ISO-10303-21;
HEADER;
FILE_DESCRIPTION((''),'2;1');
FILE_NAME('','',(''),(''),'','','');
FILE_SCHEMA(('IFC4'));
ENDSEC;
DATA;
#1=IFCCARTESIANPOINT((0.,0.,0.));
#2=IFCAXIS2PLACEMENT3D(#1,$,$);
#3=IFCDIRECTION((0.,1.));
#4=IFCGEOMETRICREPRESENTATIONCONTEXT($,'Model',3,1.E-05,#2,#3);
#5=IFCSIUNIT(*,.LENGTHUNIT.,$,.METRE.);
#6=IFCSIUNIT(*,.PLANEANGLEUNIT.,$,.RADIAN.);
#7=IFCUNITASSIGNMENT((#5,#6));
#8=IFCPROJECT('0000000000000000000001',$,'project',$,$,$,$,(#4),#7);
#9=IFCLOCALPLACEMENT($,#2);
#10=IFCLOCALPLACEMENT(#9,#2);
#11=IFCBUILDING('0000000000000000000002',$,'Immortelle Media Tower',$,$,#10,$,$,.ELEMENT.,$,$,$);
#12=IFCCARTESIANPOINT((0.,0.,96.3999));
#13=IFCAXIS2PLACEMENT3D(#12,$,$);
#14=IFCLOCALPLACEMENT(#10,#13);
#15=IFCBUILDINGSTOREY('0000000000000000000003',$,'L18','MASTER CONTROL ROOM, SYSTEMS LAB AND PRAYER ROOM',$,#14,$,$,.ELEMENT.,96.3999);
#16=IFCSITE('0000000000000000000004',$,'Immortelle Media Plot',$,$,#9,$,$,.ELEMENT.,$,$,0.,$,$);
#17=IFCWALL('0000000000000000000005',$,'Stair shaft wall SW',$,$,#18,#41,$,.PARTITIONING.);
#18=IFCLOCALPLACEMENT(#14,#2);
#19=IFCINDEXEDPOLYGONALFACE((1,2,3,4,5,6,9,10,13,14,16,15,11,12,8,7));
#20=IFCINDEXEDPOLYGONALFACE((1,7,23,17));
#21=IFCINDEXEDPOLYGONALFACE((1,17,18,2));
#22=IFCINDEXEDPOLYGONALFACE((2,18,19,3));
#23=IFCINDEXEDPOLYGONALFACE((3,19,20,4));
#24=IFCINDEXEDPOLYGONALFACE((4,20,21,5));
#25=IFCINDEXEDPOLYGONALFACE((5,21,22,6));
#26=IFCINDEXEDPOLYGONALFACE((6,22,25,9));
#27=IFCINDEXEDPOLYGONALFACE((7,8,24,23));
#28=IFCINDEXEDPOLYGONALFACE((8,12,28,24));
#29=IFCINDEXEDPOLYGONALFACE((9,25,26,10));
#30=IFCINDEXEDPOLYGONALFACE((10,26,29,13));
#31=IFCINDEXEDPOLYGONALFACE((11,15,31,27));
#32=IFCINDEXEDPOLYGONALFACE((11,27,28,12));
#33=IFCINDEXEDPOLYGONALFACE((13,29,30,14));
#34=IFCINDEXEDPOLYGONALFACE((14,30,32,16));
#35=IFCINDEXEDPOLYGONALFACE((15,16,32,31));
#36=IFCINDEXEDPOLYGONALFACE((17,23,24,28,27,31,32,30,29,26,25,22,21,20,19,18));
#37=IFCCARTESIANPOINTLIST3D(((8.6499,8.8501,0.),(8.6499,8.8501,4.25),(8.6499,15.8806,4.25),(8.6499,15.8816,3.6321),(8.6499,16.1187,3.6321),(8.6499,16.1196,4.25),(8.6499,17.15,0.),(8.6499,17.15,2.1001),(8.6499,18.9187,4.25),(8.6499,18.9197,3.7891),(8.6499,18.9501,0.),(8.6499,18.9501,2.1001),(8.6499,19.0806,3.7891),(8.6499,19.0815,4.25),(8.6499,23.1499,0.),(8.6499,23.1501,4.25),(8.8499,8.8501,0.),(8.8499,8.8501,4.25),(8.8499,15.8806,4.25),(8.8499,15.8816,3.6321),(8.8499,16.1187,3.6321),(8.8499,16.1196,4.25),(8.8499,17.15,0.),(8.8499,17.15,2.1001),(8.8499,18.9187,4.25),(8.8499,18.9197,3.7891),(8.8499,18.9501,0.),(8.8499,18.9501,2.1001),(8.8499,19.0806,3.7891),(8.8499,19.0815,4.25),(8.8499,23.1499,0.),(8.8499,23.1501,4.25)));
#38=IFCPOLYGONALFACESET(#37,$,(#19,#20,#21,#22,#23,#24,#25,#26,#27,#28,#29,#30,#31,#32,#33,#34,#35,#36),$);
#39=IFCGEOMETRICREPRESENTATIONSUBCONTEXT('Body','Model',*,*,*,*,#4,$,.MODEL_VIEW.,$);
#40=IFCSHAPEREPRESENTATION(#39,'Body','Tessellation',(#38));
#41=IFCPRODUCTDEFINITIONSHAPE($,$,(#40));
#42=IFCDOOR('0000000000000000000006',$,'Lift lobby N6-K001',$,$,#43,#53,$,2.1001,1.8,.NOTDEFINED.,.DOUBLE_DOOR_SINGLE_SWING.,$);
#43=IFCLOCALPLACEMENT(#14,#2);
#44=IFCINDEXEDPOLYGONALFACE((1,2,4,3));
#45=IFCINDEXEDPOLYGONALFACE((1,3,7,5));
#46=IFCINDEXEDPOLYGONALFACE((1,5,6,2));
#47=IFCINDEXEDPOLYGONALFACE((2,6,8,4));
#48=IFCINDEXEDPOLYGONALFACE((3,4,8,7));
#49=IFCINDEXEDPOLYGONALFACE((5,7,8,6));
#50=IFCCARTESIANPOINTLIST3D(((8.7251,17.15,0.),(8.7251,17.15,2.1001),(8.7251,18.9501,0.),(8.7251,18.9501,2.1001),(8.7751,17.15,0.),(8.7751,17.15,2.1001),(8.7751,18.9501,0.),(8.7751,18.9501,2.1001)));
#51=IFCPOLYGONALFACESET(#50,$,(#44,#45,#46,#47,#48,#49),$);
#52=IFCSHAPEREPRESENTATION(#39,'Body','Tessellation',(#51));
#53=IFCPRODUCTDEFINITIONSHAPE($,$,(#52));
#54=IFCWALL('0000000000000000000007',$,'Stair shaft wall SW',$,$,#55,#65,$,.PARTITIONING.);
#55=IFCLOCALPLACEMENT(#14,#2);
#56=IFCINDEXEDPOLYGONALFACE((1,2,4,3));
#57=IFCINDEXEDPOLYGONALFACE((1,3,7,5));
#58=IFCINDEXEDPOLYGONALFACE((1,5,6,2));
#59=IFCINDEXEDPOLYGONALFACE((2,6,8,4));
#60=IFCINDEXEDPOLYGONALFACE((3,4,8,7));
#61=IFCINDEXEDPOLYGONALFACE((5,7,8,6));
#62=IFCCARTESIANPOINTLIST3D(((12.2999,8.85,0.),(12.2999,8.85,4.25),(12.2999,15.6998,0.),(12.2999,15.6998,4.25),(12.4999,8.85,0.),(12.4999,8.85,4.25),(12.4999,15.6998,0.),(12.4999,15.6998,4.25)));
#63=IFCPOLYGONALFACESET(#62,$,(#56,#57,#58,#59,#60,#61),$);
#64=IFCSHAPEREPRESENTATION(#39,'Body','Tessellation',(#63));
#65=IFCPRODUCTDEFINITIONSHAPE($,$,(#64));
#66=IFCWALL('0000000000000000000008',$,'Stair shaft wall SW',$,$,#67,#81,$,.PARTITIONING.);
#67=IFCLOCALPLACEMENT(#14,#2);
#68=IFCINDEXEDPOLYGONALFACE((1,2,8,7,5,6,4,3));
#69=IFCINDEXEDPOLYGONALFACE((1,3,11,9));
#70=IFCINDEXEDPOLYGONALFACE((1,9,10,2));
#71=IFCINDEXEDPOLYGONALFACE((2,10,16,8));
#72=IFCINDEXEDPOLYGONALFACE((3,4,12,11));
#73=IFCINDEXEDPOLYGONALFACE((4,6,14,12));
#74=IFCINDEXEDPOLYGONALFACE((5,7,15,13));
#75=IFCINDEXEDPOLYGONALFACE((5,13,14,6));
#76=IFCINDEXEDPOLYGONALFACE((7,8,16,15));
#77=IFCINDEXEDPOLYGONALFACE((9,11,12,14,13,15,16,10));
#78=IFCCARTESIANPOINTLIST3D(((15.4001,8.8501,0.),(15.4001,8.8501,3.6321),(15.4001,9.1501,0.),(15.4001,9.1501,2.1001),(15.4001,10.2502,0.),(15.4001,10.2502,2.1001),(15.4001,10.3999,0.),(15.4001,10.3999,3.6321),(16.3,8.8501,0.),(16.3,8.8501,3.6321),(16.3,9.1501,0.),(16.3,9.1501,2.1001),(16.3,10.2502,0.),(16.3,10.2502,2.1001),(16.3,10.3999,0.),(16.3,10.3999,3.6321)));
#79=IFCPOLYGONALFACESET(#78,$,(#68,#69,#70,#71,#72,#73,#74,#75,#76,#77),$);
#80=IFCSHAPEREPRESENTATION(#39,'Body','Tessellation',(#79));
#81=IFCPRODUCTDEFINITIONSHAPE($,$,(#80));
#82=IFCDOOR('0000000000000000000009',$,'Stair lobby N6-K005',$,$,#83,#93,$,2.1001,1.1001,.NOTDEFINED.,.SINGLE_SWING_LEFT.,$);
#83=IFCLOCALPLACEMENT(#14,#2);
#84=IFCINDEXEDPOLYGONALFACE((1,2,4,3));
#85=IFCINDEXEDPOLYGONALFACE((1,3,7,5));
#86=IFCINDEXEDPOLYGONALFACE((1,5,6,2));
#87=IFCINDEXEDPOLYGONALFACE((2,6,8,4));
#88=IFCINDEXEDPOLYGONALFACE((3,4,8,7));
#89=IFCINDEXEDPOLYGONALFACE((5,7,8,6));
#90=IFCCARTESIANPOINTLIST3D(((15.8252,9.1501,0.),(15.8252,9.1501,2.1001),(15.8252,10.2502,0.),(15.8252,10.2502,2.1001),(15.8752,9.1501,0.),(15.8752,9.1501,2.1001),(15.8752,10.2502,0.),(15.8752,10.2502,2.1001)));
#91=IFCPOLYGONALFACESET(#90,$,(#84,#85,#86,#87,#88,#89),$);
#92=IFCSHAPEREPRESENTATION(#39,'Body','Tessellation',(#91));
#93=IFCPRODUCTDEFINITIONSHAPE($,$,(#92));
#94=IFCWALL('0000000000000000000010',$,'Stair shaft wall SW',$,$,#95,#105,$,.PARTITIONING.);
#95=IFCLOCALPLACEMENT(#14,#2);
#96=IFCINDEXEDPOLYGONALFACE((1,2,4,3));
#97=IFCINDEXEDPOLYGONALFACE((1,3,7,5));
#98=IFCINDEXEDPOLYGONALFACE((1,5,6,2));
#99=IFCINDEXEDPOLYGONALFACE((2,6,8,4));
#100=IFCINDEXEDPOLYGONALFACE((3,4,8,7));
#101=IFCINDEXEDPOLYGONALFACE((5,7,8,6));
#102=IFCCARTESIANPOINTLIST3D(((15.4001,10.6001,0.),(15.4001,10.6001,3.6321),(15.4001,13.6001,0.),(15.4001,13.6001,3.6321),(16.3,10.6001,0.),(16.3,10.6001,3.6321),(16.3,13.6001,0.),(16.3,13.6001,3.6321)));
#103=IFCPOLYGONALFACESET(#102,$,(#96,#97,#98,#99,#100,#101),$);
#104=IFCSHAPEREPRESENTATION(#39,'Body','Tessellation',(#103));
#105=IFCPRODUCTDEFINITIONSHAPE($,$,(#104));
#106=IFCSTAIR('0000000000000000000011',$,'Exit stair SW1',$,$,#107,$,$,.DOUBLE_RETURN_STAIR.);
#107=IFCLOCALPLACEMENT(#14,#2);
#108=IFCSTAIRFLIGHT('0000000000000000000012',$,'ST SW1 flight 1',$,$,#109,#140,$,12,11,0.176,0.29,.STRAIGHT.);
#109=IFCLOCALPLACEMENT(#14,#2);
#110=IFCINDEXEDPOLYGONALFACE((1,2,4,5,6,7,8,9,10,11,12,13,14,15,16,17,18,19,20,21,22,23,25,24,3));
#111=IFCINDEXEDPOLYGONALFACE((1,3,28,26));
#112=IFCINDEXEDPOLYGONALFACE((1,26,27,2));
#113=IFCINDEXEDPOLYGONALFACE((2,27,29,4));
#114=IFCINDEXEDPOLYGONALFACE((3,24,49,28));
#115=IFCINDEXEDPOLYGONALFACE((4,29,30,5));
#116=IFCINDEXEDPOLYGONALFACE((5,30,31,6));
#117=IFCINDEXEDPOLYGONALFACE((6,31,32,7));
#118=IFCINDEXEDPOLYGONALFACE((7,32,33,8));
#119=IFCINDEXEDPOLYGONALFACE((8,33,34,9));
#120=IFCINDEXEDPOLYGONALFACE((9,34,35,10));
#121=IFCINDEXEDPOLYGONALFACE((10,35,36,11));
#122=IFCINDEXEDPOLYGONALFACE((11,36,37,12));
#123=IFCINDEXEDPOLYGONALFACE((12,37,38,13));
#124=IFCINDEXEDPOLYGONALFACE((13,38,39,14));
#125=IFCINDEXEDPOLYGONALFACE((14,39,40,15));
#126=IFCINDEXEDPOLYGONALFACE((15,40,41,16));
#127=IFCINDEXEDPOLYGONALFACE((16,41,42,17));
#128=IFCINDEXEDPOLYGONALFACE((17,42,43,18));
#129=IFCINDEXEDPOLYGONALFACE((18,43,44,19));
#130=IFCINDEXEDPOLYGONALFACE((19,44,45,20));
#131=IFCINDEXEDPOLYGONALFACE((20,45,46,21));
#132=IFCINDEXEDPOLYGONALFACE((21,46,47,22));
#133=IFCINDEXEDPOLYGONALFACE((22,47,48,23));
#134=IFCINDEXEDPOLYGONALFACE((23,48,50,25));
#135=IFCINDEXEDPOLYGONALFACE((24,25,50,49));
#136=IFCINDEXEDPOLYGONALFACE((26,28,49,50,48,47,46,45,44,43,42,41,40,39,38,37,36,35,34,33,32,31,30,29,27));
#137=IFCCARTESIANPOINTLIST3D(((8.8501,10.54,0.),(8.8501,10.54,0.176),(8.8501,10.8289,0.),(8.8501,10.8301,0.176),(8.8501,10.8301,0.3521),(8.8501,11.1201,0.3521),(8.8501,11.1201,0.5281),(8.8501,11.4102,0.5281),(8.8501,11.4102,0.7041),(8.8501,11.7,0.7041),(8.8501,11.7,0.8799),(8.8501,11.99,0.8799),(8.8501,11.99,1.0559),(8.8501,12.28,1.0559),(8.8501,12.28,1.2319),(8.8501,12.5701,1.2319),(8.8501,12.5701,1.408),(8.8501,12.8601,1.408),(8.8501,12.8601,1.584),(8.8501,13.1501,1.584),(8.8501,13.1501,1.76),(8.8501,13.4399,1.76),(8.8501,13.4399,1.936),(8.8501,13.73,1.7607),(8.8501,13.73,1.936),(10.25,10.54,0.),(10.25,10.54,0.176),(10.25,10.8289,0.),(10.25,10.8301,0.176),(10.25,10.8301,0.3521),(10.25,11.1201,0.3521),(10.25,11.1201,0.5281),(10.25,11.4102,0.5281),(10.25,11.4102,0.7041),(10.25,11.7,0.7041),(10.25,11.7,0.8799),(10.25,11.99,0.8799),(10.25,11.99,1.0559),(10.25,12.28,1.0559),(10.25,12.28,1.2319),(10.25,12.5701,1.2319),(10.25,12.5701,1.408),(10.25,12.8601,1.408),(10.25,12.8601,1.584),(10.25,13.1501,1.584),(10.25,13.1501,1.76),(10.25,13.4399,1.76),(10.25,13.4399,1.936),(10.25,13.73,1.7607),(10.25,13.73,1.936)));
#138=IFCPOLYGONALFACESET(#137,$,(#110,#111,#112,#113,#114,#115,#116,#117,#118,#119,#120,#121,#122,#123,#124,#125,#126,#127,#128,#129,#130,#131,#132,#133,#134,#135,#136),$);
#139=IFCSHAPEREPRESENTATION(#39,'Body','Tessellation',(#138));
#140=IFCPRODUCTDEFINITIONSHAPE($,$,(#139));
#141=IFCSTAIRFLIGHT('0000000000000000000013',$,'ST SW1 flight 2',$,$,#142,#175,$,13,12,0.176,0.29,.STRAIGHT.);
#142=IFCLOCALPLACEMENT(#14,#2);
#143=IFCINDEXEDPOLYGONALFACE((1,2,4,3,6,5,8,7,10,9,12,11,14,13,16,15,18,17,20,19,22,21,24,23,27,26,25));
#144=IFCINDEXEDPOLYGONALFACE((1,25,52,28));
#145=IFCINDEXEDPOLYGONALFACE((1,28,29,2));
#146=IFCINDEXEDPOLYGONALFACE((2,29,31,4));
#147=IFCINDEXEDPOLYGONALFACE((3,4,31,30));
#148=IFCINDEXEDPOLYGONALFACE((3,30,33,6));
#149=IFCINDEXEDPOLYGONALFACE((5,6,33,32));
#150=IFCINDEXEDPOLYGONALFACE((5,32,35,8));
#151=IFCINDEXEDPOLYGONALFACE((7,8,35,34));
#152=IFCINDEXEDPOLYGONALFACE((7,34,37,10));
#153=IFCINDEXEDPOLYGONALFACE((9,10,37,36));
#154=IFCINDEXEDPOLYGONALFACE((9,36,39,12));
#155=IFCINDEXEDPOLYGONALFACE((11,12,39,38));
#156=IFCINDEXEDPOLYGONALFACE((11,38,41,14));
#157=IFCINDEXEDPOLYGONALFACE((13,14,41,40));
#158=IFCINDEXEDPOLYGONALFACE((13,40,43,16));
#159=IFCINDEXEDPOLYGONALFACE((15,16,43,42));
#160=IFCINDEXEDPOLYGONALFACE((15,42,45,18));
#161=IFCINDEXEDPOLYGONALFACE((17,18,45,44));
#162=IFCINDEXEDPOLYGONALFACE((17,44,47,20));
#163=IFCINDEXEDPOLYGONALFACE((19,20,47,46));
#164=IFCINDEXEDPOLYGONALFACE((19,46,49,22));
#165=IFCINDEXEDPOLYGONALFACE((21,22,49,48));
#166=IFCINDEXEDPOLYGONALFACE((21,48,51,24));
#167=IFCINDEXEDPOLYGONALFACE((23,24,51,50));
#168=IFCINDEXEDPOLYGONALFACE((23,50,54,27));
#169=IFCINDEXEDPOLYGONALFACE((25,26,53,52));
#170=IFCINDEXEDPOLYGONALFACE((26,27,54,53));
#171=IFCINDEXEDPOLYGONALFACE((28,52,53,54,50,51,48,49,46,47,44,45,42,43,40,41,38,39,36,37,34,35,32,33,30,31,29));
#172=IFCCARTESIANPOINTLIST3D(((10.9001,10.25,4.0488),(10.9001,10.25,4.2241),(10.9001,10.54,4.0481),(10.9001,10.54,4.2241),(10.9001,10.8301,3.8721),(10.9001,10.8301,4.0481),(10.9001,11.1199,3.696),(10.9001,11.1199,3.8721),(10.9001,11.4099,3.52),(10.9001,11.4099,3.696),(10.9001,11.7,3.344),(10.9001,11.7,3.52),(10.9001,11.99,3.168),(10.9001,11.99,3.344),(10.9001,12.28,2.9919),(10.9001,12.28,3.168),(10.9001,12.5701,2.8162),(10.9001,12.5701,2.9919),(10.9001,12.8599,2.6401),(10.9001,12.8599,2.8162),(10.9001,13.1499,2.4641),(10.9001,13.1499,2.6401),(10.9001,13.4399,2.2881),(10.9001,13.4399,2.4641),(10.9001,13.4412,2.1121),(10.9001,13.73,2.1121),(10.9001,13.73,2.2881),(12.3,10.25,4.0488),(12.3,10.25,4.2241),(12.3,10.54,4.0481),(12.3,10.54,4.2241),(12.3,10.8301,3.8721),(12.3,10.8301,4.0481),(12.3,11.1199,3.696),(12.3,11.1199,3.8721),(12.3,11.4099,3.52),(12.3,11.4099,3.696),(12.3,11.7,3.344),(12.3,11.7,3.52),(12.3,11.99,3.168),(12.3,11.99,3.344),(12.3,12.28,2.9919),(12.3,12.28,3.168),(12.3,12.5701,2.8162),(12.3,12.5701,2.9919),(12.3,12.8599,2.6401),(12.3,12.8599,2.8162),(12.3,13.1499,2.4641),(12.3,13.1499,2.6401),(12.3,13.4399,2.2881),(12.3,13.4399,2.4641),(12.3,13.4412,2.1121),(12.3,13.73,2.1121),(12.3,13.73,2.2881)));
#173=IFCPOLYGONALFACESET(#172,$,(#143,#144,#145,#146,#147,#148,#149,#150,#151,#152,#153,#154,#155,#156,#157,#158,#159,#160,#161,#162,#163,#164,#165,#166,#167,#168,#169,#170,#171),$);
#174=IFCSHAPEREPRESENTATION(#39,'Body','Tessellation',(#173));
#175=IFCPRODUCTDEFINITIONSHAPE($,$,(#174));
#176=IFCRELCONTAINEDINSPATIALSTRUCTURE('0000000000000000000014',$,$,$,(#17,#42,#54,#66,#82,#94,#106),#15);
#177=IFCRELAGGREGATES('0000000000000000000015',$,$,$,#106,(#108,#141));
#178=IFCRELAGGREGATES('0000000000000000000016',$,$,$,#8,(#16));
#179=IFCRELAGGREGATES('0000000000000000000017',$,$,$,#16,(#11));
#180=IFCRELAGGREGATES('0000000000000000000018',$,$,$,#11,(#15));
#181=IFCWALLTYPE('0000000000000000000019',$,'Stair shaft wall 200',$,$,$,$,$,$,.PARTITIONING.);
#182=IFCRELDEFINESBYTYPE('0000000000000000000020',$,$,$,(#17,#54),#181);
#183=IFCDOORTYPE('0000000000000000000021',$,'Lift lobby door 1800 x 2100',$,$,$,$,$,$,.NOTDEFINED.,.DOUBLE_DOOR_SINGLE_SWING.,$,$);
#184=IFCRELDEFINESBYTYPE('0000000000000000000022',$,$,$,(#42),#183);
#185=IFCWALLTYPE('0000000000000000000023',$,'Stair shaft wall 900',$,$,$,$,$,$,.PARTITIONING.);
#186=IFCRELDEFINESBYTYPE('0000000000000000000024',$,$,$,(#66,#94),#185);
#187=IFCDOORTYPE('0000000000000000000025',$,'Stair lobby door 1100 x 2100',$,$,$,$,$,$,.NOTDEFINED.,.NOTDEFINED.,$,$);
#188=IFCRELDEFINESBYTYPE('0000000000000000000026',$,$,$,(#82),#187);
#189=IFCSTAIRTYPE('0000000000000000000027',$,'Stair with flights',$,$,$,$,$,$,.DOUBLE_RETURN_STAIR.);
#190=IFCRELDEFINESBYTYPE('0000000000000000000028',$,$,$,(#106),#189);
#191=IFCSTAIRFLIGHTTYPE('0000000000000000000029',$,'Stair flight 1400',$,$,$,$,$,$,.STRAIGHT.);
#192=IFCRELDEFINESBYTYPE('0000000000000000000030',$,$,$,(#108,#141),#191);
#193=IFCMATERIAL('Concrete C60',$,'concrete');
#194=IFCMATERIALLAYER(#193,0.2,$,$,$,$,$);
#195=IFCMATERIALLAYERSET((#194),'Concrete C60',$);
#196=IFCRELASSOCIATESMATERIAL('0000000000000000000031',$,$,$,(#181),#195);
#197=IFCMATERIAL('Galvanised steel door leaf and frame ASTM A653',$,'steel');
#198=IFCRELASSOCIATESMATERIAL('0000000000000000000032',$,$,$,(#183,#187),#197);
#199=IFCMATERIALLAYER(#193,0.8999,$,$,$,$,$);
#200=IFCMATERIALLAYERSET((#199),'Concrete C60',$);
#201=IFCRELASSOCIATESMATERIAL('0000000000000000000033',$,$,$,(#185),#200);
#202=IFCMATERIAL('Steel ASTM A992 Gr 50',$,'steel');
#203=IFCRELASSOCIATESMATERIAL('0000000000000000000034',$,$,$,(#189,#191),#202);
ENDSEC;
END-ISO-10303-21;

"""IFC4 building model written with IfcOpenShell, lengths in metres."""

from ifc_helpers import new_model, si_unit, direction, frame, frame_2d, origin, place, context, subcontext, project, spatial, polyline, rectangle, outline, extrude, material, layer, layer_set, type_object, element, fill, aggregate, save


model = new_model("IFC4")

# Units and contexts
model_context = context("Model", 3, precision=1e-05, world=origin(), true_north=direction((0.0, 1.0)))
body_context = subcontext(model_context, "Body", "Model", "MODEL_VIEW")
ifc_project = project(units=[si_unit("LENGTHUNIT", "METRE"), si_unit("PLANEANGLEUNIT", "RADIAN")], contexts=[model_context])

# Site, building, storey
site_placement = place(None, origin())
site = spatial("IfcSite", under=ifc_project, at=site_placement, Name="Immortelle Media Plot", CompositionType="ELEMENT", RefElevation=0.0)
building_placement = place(site_placement, origin())
building = spatial("IfcBuilding", under=site, at=building_placement, Name="Immortelle Media Tower", CompositionType="ELEMENT")
storey_placement = place(building_placement, frame((0.0, 0.0, 96.3999)))
storey = spatial("IfcBuildingStorey", under=building, at=storey_placement, Name="L18", Description="MASTER CONTROL ROOM, SYSTEMS LAB AND PRAYER ROOM", CompositionType="ELEMENT", Elevation=96.3999)

# Shared definitions
ifc_material_1 = material(Name="Steel ASTM A992 Gr 50", Category="steel")

# Shared definitions
ifc_material_2 = material(Name="Concrete C60", Category="concrete")

# Wall, opening, door
ifc_layer_1 = layer(ifc_material_2, 0.2)
ifc_layer_set_1 = layer_set([ifc_layer_1], Name="Concrete C60")
wall_type_1 = type_object("IfcWallType", Name="Stair shaft wall 200", PredefinedType="PARTITIONING", material=ifc_layer_set_1)
wall_1_placement = place(storey_placement, frame((8.75, 8.8501, 0.0), z_axis=(0.0, 0.0, 1.0), x_axis=(0.0, 1.0, 0.0)))
wall_1 = element("IfcWall", 1, at=wall_1_placement, inside=storey, type_object=wall_type_1, Name="Stair shaft wall SW", PredefinedType="PARTITIONING", context=body_context, shape_type="SweptSolid", body=[
    extrude(outline(polyline([(0.0, 0.0), (14.2998, 0.0), (14.3, 4.25), (10.2314, 4.25), (10.2305, 3.7891), (10.0696, 3.7891), (10.0686, 4.25), (7.2695, 4.25), (7.2686, 3.6321), (7.0315, 3.6321), (7.0305, 4.25), (0.0, 4.25), (0.0, 0.0)])), frame((0.0, 0.1001, 0.0), z_axis=(0.0, -1.0, 0.0), x_axis=(1.0, 0.0, 0.0)), (0.0, 0.0, 1.0), 0.2),
])
opening_1_placement = place(wall_1_placement, frame((8.3, 0.0, 0.0)))
opening_1 = element("IfcOpeningElement", 2, at=opening_1_placement, cuts=wall_1, PredefinedType="OPENING", context=body_context, shape_type="SweptSolid", body=[
    extrude(rectangle(XDim=1.8, YDim=2.1001, at=frame_2d((0.8999, 1.05))), frame((0.0, 0.1099, 0.0), z_axis=(0.0, -1.0, 0.0), x_axis=(1.0, 0.0, 0.0)), (0.0, 0.0, 1.0), 0.22),
])
ifc_material_3 = material(Name="Galvanised steel door leaf and frame ASTM A653", Category="steel")
door_type_1 = type_object("IfcDoorType", Name="Lift lobby door 1800 x 2100", OperationType="DOUBLE_DOOR_SINGLE_SWING", PredefinedType="NOTDEFINED", material=ifc_material_3)
door_1_placement = place(opening_1_placement, origin())
door_1 = element("IfcDoor", 3, at=door_1_placement, inside=storey, type_object=door_type_1, Name="Lift lobby N6-K001", OperationType="DOUBLE_DOOR_SINGLE_SWING", OverallHeight=2.1001, OverallWidth=1.8, PredefinedType="NOTDEFINED", context=body_context, shape_type="SweptSolid", body=[
    extrude(rectangle(XDim=1.8, YDim=2.1001, at=frame_2d((0.8999, 1.05))), frame((0.0, 0.0249, 0.0), z_axis=(0.0, -1.0, 0.0), x_axis=(1.0, 0.0, 0.0)), (0.0, 0.0, 1.0), 0.05),
])
fill(opening_1, door_1)

# Wall
wall_2_placement = place(storey_placement, frame((12.3999, 8.8501, 0.0), z_axis=(0.0, 0.0, 1.0), x_axis=(0.0, 1.0, 0.0)))
element("IfcWall", 4, at=wall_2_placement, inside=storey, type_object=wall_type_1, Name="Stair shaft wall SW", PredefinedType="PARTITIONING", context=body_context, shape_type="SweptSolid", body=[
    extrude(rectangle(XDim=6.8499, YDim=0.2, at=frame_2d((3.4248, 0.0))), origin(), (0.0, 0.0, 1.0), 4.25),
])

# Wall, opening, door
ifc_layer_2 = layer(ifc_material_2, 0.8999)
ifc_layer_set_2 = layer_set([ifc_layer_2], Name="Concrete C60")
wall_type_2 = type_object("IfcWallType", Name="Stair shaft wall 900", PredefinedType="PARTITIONING", material=ifc_layer_set_2)
wall_3_placement = place(storey_placement, frame((15.8501, 8.8501, 0.0), z_axis=(0.0, 0.0, 1.0), x_axis=(0.0, 1.0, 0.0)))
wall_3 = element("IfcWall", 5, at=wall_3_placement, inside=storey, type_object=wall_type_2, Name="Stair shaft wall SW", PredefinedType="PARTITIONING", context=body_context, shape_type="SweptSolid", body=[
    extrude(rectangle(XDim=1.5498, YDim=0.8999, at=frame_2d((0.7749, 0.0))), origin(), (0.0, 0.0, 1.0), 3.6321),
])
opening_2_placement = place(wall_3_placement, frame((0.3, 0.0, 0.0)))
opening_2 = element("IfcOpeningElement", 6, at=opening_2_placement, cuts=wall_3, PredefinedType="OPENING", context=body_context, shape_type="SweptSolid", body=[
    extrude(rectangle(XDim=1.1001, YDim=2.1001, at=frame_2d((0.55, 1.05))), frame((0.0, 0.46, 0.0), z_axis=(0.0, -1.0, 0.0), x_axis=(1.0, 0.0, 0.0)), (0.0, 0.0, 1.0), 0.9199),
])
door_type_2 = type_object("IfcDoorType", Name="Stair lobby door 1100 x 2100", OperationType="NOTDEFINED", PredefinedType="NOTDEFINED", material=ifc_material_3)
door_2_placement = place(opening_2_placement, origin())
door_2 = element("IfcDoor", 7, at=door_2_placement, inside=storey, type_object=door_type_2, Name="Stair lobby N6-K005", OperationType="SINGLE_SWING_LEFT", OverallHeight=2.1001, OverallWidth=1.1001, PredefinedType="NOTDEFINED", context=body_context, shape_type="SweptSolid", body=[
    extrude(rectangle(XDim=1.1001, YDim=2.1001, at=frame_2d((0.55, 1.05))), frame((0.0, 0.0249, 0.0), z_axis=(0.0, -1.0, 0.0), x_axis=(1.0, 0.0, 0.0)), (0.0, 0.0, 1.0), 0.05),
])
fill(opening_2, door_2)

# Wall
wall_4_placement = place(storey_placement, frame((15.8501, 10.6001, 0.0), z_axis=(0.0, 0.0, 1.0), x_axis=(0.0, 1.0, 0.0)))
element("IfcWall", 8, at=wall_4_placement, inside=storey, type_object=wall_type_2, Name="Stair shaft wall SW", PredefinedType="PARTITIONING", context=body_context, shape_type="SweptSolid", body=[
    extrude(rectangle(XDim=3.0, YDim=0.8999, at=frame_2d((1.5, 0.0))), origin(), (0.0, 0.0, 1.0), 3.6321),
])

# Stair, stair flights
stair_type = type_object("IfcStairType", Name="Stair with flights", PredefinedType="DOUBLE_RETURN_STAIR", material=ifc_material_1)
stair_1_placement = place(storey_placement, origin())
stair_1 = element("IfcStair", 9, at=stair_1_placement, inside=storey, type_object=stair_type, Name="Exit stair SW1", PredefinedType="DOUBLE_RETURN_STAIR")
stair_flight_type = type_object("IfcStairFlightType", Name="Stair flight 1400", PredefinedType="STRAIGHT", material=ifc_material_1)
stair_flight_1_placement = place(storey_placement, frame((9.55, 10.54, 0.0), z_axis=(0.0, 0.0, 1.0), x_axis=(0.0, 1.0, 0.0)))
stair_flight_1 = element("IfcStairFlight", 10, at=stair_flight_1_placement, type_object=stair_flight_type, Name="ST SW1 flight 1", NumberOfRisers=12, NumberOfTreads=11, PredefinedType="STRAIGHT", RiserHeight=0.176, TreadLength=0.29, context=body_context, shape_type="SweptSolid", body=[
    extrude(outline(polyline([(0.0, 0.0), (0.0, 0.176), (0.29, 0.176), (0.29, 0.3521), (0.5801, 0.3521), (0.5801, 0.5281), (0.8701, 0.5281), (0.8701, 0.7041), (1.1599, 0.7041), (1.1599, 0.8799), (1.45, 0.8799), (1.45, 1.0559), (1.74, 1.0559), (1.74, 1.2319), (2.03, 1.2319), (2.03, 1.408), (2.3201, 1.408), (2.3201, 1.584), (2.6101, 1.584), (2.6101, 1.76), (2.8999, 1.76), (2.8999, 1.936), (3.1899, 1.936), (3.1899, 2.1121), (3.1899, 1.7607), (0.2888, 0.0), (0.0, 0.0)])), frame((0.0, 0.7, 0.0), z_axis=(0.0, -1.0, 0.0), x_axis=(1.0, 0.0, 0.0)), (0.0, 0.0, 1.0), 1.3999),
])
stair_flight_2_placement = place(storey_placement, frame((11.6001, 13.73, 2.1121), z_axis=(0.0, 0.0, 1.0), x_axis=(0.0, -1.0, 0.0)))
stair_flight_2 = element("IfcStairFlight", 11, at=stair_flight_2_placement, type_object=stair_flight_type, Name="ST SW1 flight 2", NumberOfRisers=13, NumberOfTreads=12, PredefinedType="STRAIGHT", RiserHeight=0.176, TreadLength=0.29, context=body_context, shape_type="SweptSolid", body=[
    extrude(outline(polyline([(0.0, 0.0), (0.0, 0.176), (0.29, 0.176), (0.29, 0.3521), (0.5801, 0.3521), (0.5801, 0.5281), (0.8701, 0.5281), (0.8701, 0.7041), (1.1599, 0.7041), (1.1599, 0.8799), (1.45, 0.8799), (1.45, 1.0559), (1.74, 1.0559), (1.74, 1.2319), (2.03, 1.2319), (2.03, 1.408), (2.3201, 1.408), (2.3201, 1.584), (2.6101, 1.584), (2.6101, 1.76), (2.8999, 1.76), (2.8999, 1.936), (3.1899, 1.936), (3.1899, 2.1121), (3.48, 2.1121), (3.48, 2.2881), (3.48, 1.9368), (0.2888, 0.0), (0.0, 0.0)])), frame((0.0, 0.7, 0.0), z_axis=(0.0, -1.0, 0.0), x_axis=(1.0, 0.0, 0.0)), (0.0, 0.0, 1.0), 1.3999),
])
aggregate(stair_1, [stair_flight_1, stair_flight_2])

save(model, "model.ifc")
